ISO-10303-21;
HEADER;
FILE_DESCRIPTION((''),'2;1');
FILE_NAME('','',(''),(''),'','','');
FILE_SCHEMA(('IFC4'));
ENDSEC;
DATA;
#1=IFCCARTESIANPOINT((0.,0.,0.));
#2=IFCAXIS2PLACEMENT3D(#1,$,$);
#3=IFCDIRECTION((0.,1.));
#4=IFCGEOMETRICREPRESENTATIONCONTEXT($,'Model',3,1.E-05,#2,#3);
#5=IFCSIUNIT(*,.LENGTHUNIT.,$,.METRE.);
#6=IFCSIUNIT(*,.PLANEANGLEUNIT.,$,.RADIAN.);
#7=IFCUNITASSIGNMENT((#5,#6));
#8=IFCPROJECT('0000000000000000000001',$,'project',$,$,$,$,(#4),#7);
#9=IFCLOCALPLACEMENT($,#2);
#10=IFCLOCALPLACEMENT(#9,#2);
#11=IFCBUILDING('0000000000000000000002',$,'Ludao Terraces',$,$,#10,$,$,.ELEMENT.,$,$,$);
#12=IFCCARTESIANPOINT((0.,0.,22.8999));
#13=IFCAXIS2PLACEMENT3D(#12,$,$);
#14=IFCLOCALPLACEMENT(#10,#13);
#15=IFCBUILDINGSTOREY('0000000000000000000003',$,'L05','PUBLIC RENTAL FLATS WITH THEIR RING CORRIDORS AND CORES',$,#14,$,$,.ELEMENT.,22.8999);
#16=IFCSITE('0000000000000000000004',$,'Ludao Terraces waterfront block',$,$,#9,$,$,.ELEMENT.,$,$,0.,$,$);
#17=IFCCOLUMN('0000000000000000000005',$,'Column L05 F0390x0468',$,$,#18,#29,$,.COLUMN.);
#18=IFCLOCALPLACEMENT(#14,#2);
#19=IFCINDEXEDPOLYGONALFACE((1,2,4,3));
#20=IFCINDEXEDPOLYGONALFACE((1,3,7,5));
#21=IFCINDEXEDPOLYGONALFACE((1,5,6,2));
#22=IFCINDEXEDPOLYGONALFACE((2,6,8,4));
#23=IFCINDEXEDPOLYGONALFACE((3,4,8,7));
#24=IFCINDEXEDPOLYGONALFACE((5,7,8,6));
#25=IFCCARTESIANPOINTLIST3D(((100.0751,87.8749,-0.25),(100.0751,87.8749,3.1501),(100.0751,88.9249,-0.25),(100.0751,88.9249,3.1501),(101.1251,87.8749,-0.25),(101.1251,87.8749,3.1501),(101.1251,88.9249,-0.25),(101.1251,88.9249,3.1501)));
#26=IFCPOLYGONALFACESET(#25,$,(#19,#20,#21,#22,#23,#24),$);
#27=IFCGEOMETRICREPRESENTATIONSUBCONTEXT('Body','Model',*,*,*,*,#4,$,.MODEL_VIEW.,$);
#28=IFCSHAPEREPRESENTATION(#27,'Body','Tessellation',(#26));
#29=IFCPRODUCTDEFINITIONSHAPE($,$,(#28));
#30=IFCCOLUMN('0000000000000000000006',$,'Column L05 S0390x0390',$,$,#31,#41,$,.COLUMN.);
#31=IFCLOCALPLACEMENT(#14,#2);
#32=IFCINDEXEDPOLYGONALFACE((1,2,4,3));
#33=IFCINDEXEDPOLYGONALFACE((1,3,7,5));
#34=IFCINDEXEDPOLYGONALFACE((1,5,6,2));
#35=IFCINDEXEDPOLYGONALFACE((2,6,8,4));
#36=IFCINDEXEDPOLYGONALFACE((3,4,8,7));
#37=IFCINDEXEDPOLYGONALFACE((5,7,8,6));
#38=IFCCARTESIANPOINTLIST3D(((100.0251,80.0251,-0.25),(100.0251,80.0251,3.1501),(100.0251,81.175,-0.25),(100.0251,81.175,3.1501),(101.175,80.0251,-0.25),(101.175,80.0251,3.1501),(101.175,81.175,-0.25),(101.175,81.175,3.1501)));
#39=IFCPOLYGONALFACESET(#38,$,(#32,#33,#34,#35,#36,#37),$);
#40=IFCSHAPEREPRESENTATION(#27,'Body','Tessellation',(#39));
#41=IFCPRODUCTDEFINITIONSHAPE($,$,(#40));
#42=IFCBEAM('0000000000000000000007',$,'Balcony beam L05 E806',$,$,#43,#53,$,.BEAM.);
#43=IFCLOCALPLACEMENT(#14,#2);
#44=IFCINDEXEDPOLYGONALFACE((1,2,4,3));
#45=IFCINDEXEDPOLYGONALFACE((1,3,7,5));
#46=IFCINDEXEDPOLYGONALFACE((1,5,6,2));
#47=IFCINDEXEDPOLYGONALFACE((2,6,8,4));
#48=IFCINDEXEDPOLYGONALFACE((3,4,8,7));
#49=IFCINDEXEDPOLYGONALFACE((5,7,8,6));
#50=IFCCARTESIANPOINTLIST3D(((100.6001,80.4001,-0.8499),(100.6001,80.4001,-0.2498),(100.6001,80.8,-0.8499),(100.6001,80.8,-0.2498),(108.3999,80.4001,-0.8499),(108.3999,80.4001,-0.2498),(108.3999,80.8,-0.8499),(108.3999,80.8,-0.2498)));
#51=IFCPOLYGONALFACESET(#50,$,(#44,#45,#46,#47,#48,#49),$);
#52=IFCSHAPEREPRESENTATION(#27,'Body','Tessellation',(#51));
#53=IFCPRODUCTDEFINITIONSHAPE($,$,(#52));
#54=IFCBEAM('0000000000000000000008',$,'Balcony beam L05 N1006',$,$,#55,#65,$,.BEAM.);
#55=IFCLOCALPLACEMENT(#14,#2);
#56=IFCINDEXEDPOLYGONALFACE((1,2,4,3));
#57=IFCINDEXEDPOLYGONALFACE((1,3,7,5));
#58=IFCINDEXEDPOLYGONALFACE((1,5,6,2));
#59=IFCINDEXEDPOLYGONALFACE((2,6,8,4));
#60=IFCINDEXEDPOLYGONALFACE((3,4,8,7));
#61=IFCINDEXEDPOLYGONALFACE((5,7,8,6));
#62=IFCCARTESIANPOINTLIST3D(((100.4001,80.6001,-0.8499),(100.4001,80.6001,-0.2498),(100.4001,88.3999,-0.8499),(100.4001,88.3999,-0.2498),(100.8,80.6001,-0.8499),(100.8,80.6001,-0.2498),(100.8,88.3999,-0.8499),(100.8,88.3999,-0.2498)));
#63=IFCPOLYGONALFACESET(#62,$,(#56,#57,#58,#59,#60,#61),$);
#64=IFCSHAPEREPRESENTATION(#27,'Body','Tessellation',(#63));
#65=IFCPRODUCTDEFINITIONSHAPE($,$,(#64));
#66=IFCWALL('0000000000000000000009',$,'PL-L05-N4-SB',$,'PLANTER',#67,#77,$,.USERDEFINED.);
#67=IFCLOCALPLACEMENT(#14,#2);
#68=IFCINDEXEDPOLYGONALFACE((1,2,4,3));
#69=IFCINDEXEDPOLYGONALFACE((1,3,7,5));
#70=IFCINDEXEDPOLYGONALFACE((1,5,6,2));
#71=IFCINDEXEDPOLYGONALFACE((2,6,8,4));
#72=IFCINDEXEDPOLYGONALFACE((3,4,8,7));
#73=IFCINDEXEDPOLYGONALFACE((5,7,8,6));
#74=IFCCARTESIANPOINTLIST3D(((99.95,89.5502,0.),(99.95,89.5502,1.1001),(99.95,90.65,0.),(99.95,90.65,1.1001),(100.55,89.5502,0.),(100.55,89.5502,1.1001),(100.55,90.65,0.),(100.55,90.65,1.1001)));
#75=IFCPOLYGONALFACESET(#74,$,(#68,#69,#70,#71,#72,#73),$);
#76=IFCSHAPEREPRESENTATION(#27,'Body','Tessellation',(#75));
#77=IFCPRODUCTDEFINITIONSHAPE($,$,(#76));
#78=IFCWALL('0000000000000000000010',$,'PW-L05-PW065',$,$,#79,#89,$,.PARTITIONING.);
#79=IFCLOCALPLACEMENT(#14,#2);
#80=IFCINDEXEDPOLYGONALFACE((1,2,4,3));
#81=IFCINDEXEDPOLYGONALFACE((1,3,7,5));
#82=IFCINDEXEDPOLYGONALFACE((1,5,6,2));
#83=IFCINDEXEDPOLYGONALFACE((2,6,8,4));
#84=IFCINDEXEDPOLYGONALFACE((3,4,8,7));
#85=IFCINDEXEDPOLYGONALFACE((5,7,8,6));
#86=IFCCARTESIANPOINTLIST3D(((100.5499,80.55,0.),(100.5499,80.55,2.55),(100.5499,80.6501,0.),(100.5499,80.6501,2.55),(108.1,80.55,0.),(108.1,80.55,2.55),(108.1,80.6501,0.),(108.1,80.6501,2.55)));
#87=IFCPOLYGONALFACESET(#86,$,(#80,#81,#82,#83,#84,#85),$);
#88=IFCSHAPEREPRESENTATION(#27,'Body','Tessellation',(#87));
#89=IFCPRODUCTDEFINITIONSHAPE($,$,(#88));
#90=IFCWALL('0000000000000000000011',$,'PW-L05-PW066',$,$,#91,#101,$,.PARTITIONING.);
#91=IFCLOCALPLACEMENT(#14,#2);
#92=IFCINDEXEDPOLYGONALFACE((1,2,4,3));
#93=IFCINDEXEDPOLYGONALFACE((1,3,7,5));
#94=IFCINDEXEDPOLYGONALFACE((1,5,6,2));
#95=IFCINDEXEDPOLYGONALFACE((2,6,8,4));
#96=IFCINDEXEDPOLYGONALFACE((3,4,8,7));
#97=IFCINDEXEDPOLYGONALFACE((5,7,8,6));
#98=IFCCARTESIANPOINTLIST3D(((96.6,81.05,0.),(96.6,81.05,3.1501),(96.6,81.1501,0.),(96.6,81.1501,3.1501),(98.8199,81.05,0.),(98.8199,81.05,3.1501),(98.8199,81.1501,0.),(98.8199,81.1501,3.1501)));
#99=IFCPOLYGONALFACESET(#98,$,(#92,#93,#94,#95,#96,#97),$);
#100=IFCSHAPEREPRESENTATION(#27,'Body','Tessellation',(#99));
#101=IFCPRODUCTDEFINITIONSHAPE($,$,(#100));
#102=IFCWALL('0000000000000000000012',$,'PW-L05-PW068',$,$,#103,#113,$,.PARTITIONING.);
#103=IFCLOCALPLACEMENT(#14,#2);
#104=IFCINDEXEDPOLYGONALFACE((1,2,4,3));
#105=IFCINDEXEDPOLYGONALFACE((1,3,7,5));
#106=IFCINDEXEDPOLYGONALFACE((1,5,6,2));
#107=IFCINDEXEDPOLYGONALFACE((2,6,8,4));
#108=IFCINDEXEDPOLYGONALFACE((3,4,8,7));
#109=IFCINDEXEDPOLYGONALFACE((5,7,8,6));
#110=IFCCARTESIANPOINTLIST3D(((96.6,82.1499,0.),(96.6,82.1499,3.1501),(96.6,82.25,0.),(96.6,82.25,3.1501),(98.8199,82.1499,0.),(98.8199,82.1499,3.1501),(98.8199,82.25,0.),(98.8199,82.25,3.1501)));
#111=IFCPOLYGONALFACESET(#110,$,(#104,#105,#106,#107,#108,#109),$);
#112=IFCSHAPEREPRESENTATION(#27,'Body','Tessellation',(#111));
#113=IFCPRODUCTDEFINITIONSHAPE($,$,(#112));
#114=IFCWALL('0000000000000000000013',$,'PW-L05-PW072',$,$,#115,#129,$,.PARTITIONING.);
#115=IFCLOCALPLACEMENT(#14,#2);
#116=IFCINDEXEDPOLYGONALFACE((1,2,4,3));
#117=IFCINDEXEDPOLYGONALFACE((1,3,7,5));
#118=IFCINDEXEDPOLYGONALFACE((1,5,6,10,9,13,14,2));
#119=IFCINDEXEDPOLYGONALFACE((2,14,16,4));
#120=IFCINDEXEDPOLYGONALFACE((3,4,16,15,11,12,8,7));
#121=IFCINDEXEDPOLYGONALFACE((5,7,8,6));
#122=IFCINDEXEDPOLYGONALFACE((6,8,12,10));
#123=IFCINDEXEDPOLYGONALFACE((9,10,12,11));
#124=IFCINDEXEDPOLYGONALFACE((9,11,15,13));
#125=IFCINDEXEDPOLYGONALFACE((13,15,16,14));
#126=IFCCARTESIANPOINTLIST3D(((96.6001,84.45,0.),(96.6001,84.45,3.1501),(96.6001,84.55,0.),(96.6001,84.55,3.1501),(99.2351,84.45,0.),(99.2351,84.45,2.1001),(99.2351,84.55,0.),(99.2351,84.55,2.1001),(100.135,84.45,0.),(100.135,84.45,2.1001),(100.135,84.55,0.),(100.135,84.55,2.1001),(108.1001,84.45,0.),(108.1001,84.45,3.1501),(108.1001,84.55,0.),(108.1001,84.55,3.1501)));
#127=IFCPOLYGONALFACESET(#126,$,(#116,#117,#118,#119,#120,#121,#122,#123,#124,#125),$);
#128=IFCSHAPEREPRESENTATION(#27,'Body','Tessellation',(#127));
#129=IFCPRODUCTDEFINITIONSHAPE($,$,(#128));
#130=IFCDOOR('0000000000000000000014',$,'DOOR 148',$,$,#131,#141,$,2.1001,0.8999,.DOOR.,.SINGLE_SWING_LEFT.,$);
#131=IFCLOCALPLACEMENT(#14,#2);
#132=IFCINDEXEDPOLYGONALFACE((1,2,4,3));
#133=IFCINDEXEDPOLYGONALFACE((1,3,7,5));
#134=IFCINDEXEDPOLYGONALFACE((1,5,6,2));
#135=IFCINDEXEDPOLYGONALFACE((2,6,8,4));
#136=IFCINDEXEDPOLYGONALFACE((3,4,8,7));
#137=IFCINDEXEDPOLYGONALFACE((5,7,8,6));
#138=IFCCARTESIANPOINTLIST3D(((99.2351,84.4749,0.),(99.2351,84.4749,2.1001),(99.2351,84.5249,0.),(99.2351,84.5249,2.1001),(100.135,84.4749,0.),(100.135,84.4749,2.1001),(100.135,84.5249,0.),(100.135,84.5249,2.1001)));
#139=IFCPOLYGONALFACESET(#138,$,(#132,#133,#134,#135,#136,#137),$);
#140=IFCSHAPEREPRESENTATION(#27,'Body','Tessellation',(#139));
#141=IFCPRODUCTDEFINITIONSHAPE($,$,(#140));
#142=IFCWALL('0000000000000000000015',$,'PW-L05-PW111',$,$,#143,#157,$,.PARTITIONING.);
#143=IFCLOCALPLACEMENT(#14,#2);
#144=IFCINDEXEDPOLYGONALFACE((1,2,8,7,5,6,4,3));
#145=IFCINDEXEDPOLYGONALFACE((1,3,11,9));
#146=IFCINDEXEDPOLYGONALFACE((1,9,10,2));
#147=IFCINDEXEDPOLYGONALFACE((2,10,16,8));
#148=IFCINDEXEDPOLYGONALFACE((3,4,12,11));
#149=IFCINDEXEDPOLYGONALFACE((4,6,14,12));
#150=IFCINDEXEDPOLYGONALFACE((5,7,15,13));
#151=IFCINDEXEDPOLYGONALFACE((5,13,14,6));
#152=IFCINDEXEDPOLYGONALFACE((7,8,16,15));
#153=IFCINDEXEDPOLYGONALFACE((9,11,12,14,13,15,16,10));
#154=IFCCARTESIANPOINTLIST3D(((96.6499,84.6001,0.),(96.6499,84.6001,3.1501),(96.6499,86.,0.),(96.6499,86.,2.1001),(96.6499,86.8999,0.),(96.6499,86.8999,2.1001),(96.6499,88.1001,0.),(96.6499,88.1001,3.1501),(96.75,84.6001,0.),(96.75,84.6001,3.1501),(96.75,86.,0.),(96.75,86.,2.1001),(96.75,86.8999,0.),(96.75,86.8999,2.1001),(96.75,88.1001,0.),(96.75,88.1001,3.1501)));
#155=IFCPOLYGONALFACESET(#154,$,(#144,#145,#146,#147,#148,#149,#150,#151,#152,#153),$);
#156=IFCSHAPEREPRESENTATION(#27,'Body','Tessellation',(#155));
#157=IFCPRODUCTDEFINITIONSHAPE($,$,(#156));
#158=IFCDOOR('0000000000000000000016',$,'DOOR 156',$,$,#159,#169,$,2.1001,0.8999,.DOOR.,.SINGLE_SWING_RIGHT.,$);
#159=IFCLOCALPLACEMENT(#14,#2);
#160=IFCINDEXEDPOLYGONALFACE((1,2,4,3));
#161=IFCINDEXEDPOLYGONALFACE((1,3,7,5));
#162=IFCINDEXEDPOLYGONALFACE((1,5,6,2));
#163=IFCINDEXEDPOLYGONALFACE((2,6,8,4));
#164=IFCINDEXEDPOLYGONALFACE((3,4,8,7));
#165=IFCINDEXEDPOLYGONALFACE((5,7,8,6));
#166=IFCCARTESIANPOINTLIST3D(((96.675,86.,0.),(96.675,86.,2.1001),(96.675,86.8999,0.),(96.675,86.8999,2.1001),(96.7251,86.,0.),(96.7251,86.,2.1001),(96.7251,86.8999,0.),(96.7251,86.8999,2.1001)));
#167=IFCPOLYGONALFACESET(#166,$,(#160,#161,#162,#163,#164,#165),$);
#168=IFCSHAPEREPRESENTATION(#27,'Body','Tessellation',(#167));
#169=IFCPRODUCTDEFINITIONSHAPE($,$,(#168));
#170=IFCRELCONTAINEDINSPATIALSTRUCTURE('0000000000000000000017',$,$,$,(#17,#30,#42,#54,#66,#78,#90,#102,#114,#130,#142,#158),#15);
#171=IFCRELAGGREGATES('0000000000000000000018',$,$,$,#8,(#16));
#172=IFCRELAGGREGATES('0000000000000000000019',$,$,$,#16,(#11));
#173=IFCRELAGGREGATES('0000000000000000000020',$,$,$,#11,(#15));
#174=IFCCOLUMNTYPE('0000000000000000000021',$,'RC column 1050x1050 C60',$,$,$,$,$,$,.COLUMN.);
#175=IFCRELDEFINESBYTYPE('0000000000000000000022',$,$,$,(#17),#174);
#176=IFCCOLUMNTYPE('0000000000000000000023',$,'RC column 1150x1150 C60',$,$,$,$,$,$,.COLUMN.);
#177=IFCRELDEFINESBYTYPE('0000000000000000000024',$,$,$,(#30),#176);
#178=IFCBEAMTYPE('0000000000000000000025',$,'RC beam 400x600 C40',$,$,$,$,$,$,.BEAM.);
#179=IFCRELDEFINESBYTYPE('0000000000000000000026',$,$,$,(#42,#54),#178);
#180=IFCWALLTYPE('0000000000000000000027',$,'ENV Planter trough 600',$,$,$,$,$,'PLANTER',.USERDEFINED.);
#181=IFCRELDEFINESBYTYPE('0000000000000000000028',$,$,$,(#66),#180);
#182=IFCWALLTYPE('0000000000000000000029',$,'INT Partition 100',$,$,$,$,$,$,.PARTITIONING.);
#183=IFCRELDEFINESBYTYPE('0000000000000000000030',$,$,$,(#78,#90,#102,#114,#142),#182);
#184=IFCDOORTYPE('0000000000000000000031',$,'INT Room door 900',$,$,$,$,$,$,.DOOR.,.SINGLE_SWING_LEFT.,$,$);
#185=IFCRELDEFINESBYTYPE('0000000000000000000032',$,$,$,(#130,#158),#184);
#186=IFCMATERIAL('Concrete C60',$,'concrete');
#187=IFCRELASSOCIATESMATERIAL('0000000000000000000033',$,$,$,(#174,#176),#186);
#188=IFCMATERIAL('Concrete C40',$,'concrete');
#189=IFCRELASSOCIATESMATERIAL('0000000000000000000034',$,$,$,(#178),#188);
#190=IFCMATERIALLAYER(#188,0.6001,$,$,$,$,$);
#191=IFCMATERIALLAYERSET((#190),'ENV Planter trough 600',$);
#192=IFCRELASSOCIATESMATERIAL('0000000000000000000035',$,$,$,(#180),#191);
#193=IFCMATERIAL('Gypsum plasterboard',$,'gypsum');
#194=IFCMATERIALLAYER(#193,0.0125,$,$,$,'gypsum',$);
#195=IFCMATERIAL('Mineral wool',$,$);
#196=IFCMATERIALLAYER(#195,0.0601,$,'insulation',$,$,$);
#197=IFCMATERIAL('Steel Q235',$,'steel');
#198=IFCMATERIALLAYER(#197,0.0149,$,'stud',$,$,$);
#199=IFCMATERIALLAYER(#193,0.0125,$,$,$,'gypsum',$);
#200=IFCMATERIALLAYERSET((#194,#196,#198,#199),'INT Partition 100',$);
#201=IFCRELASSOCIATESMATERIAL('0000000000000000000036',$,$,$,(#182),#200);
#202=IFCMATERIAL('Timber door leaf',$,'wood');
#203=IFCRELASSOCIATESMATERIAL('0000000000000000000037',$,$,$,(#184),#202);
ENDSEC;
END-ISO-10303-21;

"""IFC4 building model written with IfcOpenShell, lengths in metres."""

from ifc_helpers import new_model, si_unit, direction, frame, frame_2d, origin, origin_2d, place, context, subcontext, project, spatial, rectangle, extrude, material, layer, layer_set, material_profile, profile_set, type_object, element, fill, save


model = new_model("IFC4")

# Units and contexts
model_context = context("Model", 3, precision=1e-05, world=origin(), true_north=direction((0.0, 1.0)))
body_context = subcontext(model_context, "Body", "Model", "MODEL_VIEW")
ifc_project = project(units=[si_unit("LENGTHUNIT", "METRE"), si_unit("PLANEANGLEUNIT", "RADIAN")], contexts=[model_context])

# Site, building, storey
site_placement = place(None, origin())
site = spatial("IfcSite", under=ifc_project, at=site_placement, Name="Ludao Terraces waterfront block", CompositionType="ELEMENT", RefElevation=0.0)
building_placement = place(site_placement, origin())
building = spatial("IfcBuilding", under=site, at=building_placement, Name="Ludao Terraces", CompositionType="ELEMENT")
storey_placement = place(building_placement, frame((0.0, 0.0, 22.8999)))
storey = spatial("IfcBuildingStorey", under=building, at=storey_placement, Name="L05", Description="PUBLIC RENTAL FLATS WITH THEIR RING CORRIDORS AND CORES", CompositionType="ELEMENT", Elevation=22.8999)

# Columns
ifc_material_1 = material(Name="Concrete C60", Category="concrete")
ifc_material_profile_1 = material_profile(ifc_material_1, rectangle(XDim=1.05, YDim=1.05, at=origin_2d()), Name="1050 X 1050")
ifc_profile_set_1 = profile_set([ifc_material_profile_1], Name="Concrete C60")
column_type_1 = type_object("IfcColumnType", Name="RC column 1050x1050 C60", PredefinedType="COLUMN", material=ifc_profile_set_1)
column_1_placement = place(storey_placement, frame((100.6001, 88.3999, -0.25), z_axis=(0.0, 0.0, 1.0), x_axis=(1.0, 0.0, 0.0)))
element("IfcColumn", 1, at=column_1_placement, inside=storey, type_object=column_type_1, Name="Column L05 F0390x0468", PredefinedType="COLUMN", context=body_context, shape_type="SweptSolid", body=[
    extrude(rectangle(XDim=1.05, YDim=1.05, at=origin_2d()), origin(), (0.0, 0.0, 1.0), 3.4001),
])
ifc_material_profile_2 = material_profile(ifc_material_1, rectangle(XDim=1.1499, YDim=1.1499, at=origin_2d()), Name="1150 X 1150")
ifc_profile_set_2 = profile_set([ifc_material_profile_2], Name="Concrete C60")
column_type_2 = type_object("IfcColumnType", Name="RC column 1150x1150 C60", PredefinedType="COLUMN", material=ifc_profile_set_2)
column_2_placement = place(storey_placement, frame((100.6001, 80.6001, -0.25), z_axis=(0.0, 0.0, 1.0), x_axis=(1.0, 0.0, 0.0)))
element("IfcColumn", 2, at=column_2_placement, inside=storey, type_object=column_type_2, Name="Column L05 S0390x0390", PredefinedType="COLUMN", context=body_context, shape_type="SweptSolid", body=[
    extrude(rectangle(XDim=1.1499, YDim=1.1499, at=origin_2d()), origin(), (0.0, 0.0, 1.0), 3.4001),
])

# Beams
ifc_material_2 = material(Name="Concrete C40", Category="concrete")
ifc_material_profile_3 = material_profile(ifc_material_2, rectangle(XDim=0.3999, YDim=0.6001, at=origin_2d()), Name="400 X 600")
ifc_profile_set_3 = profile_set([ifc_material_profile_3], Name="Concrete C40")
beam_type = type_object("IfcBeamType", Name="RC beam 400x600 C40", PredefinedType="BEAM", material=ifc_profile_set_3)
for number, where, z_axis, x_axis, name in (
    (3, (100.6001, 80.6001, -0.5498), (1.0, 0.0, 0.0), (0.0, 1.0, 0.0), "Balcony beam L05 E806"),
    (4, (100.6001, 80.6001, -0.5498), (0.0, 1.0, 0.0), (-1.0, 0.0, 0.0), "Balcony beam L05 N1006"),
):
    element("IfcBeam", number, at=place(storey_placement, frame(where, z_axis=z_axis, x_axis=x_axis)), inside=storey, type_object=beam_type, Name=name, PredefinedType="BEAM", context=body_context, shape_type="SweptSolid", body=[
        extrude(rectangle(XDim=0.3999, YDim=0.6001, at=origin_2d()), origin(), (0.0, 0.0, 1.0), 7.7998),
    ])

# Walls
ifc_layer_1 = layer(ifc_material_2, 0.6001)
ifc_layer_set_1 = layer_set([ifc_layer_1], Name="ENV Planter trough 600")
wall_type_1 = type_object("IfcWallType", Name="ENV Planter trough 600", ElementType="PLANTER", PredefinedType="USERDEFINED", material=ifc_layer_set_1)
wall_1_placement = place(storey_placement, frame((100.25, 90.6499, 0.0), z_axis=(0.0, 0.0, 1.0), x_axis=(0.0, -1.0, 0.0)))
element("IfcWall", 5, at=wall_1_placement, inside=storey, type_object=wall_type_1, Name="PL-L05-N4-SB", ObjectType="PLANTER", PredefinedType="USERDEFINED", context=body_context, shape_type="SweptSolid", body=[
    extrude(rectangle(XDim=1.0999, YDim=0.6001, at=frame_2d((0.5498, 0.0))), origin(), (0.0, 0.0, 1.0), 1.1001),
])
ifc_material_3 = material(Name="Gypsum plasterboard", Category="gypsum")
ifc_layer_2 = layer(ifc_material_3, 0.0125, Category="gypsum")
ifc_material_4 = material(Name="Mineral wool")
ifc_layer_3 = layer(ifc_material_4, 0.0601, Name="insulation")
ifc_material_5 = material(Name="Steel Q235", Category="steel")
ifc_layer_4 = layer(ifc_material_5, 0.0149, Name="stud")
ifc_layer_5 = layer(ifc_material_3, 0.0125, Category="gypsum")
ifc_layer_set_2 = layer_set([ifc_layer_2, ifc_layer_3, ifc_layer_4, ifc_layer_5], Name="INT Partition 100")
wall_type_2 = type_object("IfcWallType", Name="INT Partition 100", PredefinedType="PARTITIONING", material=ifc_layer_set_2)
wall_2_placement = place(storey_placement, frame((100.55, 80.6001, 0.0), z_axis=(0.0, 0.0, 1.0), x_axis=(1.0, 0.0, 0.0)))
element("IfcWall", 6, at=wall_2_placement, inside=storey, type_object=wall_type_2, Name="PW-L05-PW065", PredefinedType="PARTITIONING", context=body_context, shape_type="SweptSolid", body=[
    extrude(rectangle(XDim=7.55, YDim=0.1001, at=frame_2d((3.7749, 0.0))), origin(), (0.0, 0.0, 1.0), 2.55),
])
for number, where, z_axis, x_axis, name in (
    (7, (96.6001, 81.1001, 0.0), (0.0, 0.0, 1.0), (1.0, 0.0, 0.0), "PW-L05-PW066"),
    (8, (96.6001, 82.2, 0.0), (0.0, 0.0, 1.0), (1.0, 0.0, 0.0), "PW-L05-PW068"),
):
    element("IfcWall", number, at=place(storey_placement, frame(where, z_axis=z_axis, x_axis=x_axis)), inside=storey, type_object=wall_type_2, Name=name, PredefinedType="PARTITIONING", context=body_context, shape_type="SweptSolid", body=[
        extrude(rectangle(XDim=2.22, YDim=0.1001, at=frame_2d((1.1099, 0.0))), origin(), (0.0, 0.0, 1.0), 3.1501),
    ])

# Walls, openings, doors
wall_3_placement = place(storey_placement, frame((96.6001, 84.5, 0.0), z_axis=(0.0, 0.0, 1.0), x_axis=(1.0, 0.0, 0.0)))
wall_3 = element("IfcWall", 9, at=wall_3_placement, inside=storey, type_object=wall_type_2, Name="PW-L05-PW072", PredefinedType="PARTITIONING", context=body_context, shape_type="SweptSolid", body=[
    extrude(rectangle(XDim=11.5, YDim=0.1001, at=frame_2d((5.75, 0.0))), origin(), (0.0, 0.0, 1.0), 3.1501),
])
opening_1_placement = place(wall_3_placement, frame((2.635, 0.0, 0.0)))
opening_1 = element("IfcOpeningElement", 10, at=opening_1_placement, cuts=wall_3, PredefinedType="OPENING", context=body_context, shape_type="SweptSolid", body=[
    extrude(rectangle(XDim=0.8999, YDim=2.1001, at=frame_2d((0.45, 1.05))), frame((0.0, 0.0601, 0.0), z_axis=(0.0, -1.0, 0.0), x_axis=(1.0, 0.0, 0.0)), (0.0, 0.0, 1.0), 0.1201),
])
ifc_material_6 = material(Name="Timber door leaf", Category="wood")
door_type = type_object("IfcDoorType", Name="INT Room door 900", OperationType="SINGLE_SWING_LEFT", PredefinedType="DOOR", material=ifc_material_6)
door_1_placement = place(opening_1_placement, origin())
door_1 = element("IfcDoor", 11, at=door_1_placement, inside=storey, type_object=door_type, Name="DOOR 148", OperationType="SINGLE_SWING_LEFT", OverallHeight=2.1001, OverallWidth=0.8999, PredefinedType="DOOR", context=body_context, shape_type="SweptSolid", body=[
    extrude(rectangle(XDim=0.8999, YDim=2.1001, at=frame_2d((0.45, 1.05))), frame((0.0, 0.0249, 0.0), z_axis=(0.0, -1.0, 0.0), x_axis=(1.0, 0.0, 0.0)), (0.0, 0.0, 1.0), 0.05),
])
fill(opening_1, door_1)
wall_4_placement = place(storey_placement, frame((96.7, 84.6001, 0.0), z_axis=(0.0, 0.0, 1.0), x_axis=(0.0, 1.0, 0.0)))
wall_4 = element("IfcWall", 12, at=wall_4_placement, inside=storey, type_object=wall_type_2, Name="PW-L05-PW111", PredefinedType="PARTITIONING", context=body_context, shape_type="SweptSolid", body=[
    extrude(rectangle(XDim=3.5, YDim=0.1001, at=frame_2d((1.75, 0.0))), origin(), (0.0, 0.0, 1.0), 3.1501),
])
opening_2_placement = place(wall_4_placement, frame((1.3999, 0.0, 0.0)))
opening_2 = element("IfcOpeningElement", 13, at=opening_2_placement, cuts=wall_4, PredefinedType="OPENING", context=body_context, shape_type="SweptSolid", body=[
    extrude(rectangle(XDim=0.8999, YDim=2.1001, at=frame_2d((0.45, 1.05))), frame((0.0, 0.0601, 0.0), z_axis=(0.0, -1.0, 0.0), x_axis=(1.0, 0.0, 0.0)), (0.0, 0.0, 1.0), 0.1201),
])
door_2_placement = place(opening_2_placement, origin())
door_2 = element("IfcDoor", 14, at=door_2_placement, inside=storey, type_object=door_type, Name="DOOR 156", OperationType="SINGLE_SWING_RIGHT", OverallHeight=2.1001, OverallWidth=0.8999, PredefinedType="DOOR", context=body_context, shape_type="SweptSolid", body=[
    extrude(rectangle(XDim=0.8999, YDim=2.1001, at=frame_2d((0.45, 1.05))), frame((0.0, 0.0249, 0.0), z_axis=(0.0, -1.0, 0.0), x_axis=(1.0, 0.0, 0.0)), (0.0, 0.0, 1.0), 0.05),
])
fill(opening_2, door_2)

save(model, "model.ifc")
